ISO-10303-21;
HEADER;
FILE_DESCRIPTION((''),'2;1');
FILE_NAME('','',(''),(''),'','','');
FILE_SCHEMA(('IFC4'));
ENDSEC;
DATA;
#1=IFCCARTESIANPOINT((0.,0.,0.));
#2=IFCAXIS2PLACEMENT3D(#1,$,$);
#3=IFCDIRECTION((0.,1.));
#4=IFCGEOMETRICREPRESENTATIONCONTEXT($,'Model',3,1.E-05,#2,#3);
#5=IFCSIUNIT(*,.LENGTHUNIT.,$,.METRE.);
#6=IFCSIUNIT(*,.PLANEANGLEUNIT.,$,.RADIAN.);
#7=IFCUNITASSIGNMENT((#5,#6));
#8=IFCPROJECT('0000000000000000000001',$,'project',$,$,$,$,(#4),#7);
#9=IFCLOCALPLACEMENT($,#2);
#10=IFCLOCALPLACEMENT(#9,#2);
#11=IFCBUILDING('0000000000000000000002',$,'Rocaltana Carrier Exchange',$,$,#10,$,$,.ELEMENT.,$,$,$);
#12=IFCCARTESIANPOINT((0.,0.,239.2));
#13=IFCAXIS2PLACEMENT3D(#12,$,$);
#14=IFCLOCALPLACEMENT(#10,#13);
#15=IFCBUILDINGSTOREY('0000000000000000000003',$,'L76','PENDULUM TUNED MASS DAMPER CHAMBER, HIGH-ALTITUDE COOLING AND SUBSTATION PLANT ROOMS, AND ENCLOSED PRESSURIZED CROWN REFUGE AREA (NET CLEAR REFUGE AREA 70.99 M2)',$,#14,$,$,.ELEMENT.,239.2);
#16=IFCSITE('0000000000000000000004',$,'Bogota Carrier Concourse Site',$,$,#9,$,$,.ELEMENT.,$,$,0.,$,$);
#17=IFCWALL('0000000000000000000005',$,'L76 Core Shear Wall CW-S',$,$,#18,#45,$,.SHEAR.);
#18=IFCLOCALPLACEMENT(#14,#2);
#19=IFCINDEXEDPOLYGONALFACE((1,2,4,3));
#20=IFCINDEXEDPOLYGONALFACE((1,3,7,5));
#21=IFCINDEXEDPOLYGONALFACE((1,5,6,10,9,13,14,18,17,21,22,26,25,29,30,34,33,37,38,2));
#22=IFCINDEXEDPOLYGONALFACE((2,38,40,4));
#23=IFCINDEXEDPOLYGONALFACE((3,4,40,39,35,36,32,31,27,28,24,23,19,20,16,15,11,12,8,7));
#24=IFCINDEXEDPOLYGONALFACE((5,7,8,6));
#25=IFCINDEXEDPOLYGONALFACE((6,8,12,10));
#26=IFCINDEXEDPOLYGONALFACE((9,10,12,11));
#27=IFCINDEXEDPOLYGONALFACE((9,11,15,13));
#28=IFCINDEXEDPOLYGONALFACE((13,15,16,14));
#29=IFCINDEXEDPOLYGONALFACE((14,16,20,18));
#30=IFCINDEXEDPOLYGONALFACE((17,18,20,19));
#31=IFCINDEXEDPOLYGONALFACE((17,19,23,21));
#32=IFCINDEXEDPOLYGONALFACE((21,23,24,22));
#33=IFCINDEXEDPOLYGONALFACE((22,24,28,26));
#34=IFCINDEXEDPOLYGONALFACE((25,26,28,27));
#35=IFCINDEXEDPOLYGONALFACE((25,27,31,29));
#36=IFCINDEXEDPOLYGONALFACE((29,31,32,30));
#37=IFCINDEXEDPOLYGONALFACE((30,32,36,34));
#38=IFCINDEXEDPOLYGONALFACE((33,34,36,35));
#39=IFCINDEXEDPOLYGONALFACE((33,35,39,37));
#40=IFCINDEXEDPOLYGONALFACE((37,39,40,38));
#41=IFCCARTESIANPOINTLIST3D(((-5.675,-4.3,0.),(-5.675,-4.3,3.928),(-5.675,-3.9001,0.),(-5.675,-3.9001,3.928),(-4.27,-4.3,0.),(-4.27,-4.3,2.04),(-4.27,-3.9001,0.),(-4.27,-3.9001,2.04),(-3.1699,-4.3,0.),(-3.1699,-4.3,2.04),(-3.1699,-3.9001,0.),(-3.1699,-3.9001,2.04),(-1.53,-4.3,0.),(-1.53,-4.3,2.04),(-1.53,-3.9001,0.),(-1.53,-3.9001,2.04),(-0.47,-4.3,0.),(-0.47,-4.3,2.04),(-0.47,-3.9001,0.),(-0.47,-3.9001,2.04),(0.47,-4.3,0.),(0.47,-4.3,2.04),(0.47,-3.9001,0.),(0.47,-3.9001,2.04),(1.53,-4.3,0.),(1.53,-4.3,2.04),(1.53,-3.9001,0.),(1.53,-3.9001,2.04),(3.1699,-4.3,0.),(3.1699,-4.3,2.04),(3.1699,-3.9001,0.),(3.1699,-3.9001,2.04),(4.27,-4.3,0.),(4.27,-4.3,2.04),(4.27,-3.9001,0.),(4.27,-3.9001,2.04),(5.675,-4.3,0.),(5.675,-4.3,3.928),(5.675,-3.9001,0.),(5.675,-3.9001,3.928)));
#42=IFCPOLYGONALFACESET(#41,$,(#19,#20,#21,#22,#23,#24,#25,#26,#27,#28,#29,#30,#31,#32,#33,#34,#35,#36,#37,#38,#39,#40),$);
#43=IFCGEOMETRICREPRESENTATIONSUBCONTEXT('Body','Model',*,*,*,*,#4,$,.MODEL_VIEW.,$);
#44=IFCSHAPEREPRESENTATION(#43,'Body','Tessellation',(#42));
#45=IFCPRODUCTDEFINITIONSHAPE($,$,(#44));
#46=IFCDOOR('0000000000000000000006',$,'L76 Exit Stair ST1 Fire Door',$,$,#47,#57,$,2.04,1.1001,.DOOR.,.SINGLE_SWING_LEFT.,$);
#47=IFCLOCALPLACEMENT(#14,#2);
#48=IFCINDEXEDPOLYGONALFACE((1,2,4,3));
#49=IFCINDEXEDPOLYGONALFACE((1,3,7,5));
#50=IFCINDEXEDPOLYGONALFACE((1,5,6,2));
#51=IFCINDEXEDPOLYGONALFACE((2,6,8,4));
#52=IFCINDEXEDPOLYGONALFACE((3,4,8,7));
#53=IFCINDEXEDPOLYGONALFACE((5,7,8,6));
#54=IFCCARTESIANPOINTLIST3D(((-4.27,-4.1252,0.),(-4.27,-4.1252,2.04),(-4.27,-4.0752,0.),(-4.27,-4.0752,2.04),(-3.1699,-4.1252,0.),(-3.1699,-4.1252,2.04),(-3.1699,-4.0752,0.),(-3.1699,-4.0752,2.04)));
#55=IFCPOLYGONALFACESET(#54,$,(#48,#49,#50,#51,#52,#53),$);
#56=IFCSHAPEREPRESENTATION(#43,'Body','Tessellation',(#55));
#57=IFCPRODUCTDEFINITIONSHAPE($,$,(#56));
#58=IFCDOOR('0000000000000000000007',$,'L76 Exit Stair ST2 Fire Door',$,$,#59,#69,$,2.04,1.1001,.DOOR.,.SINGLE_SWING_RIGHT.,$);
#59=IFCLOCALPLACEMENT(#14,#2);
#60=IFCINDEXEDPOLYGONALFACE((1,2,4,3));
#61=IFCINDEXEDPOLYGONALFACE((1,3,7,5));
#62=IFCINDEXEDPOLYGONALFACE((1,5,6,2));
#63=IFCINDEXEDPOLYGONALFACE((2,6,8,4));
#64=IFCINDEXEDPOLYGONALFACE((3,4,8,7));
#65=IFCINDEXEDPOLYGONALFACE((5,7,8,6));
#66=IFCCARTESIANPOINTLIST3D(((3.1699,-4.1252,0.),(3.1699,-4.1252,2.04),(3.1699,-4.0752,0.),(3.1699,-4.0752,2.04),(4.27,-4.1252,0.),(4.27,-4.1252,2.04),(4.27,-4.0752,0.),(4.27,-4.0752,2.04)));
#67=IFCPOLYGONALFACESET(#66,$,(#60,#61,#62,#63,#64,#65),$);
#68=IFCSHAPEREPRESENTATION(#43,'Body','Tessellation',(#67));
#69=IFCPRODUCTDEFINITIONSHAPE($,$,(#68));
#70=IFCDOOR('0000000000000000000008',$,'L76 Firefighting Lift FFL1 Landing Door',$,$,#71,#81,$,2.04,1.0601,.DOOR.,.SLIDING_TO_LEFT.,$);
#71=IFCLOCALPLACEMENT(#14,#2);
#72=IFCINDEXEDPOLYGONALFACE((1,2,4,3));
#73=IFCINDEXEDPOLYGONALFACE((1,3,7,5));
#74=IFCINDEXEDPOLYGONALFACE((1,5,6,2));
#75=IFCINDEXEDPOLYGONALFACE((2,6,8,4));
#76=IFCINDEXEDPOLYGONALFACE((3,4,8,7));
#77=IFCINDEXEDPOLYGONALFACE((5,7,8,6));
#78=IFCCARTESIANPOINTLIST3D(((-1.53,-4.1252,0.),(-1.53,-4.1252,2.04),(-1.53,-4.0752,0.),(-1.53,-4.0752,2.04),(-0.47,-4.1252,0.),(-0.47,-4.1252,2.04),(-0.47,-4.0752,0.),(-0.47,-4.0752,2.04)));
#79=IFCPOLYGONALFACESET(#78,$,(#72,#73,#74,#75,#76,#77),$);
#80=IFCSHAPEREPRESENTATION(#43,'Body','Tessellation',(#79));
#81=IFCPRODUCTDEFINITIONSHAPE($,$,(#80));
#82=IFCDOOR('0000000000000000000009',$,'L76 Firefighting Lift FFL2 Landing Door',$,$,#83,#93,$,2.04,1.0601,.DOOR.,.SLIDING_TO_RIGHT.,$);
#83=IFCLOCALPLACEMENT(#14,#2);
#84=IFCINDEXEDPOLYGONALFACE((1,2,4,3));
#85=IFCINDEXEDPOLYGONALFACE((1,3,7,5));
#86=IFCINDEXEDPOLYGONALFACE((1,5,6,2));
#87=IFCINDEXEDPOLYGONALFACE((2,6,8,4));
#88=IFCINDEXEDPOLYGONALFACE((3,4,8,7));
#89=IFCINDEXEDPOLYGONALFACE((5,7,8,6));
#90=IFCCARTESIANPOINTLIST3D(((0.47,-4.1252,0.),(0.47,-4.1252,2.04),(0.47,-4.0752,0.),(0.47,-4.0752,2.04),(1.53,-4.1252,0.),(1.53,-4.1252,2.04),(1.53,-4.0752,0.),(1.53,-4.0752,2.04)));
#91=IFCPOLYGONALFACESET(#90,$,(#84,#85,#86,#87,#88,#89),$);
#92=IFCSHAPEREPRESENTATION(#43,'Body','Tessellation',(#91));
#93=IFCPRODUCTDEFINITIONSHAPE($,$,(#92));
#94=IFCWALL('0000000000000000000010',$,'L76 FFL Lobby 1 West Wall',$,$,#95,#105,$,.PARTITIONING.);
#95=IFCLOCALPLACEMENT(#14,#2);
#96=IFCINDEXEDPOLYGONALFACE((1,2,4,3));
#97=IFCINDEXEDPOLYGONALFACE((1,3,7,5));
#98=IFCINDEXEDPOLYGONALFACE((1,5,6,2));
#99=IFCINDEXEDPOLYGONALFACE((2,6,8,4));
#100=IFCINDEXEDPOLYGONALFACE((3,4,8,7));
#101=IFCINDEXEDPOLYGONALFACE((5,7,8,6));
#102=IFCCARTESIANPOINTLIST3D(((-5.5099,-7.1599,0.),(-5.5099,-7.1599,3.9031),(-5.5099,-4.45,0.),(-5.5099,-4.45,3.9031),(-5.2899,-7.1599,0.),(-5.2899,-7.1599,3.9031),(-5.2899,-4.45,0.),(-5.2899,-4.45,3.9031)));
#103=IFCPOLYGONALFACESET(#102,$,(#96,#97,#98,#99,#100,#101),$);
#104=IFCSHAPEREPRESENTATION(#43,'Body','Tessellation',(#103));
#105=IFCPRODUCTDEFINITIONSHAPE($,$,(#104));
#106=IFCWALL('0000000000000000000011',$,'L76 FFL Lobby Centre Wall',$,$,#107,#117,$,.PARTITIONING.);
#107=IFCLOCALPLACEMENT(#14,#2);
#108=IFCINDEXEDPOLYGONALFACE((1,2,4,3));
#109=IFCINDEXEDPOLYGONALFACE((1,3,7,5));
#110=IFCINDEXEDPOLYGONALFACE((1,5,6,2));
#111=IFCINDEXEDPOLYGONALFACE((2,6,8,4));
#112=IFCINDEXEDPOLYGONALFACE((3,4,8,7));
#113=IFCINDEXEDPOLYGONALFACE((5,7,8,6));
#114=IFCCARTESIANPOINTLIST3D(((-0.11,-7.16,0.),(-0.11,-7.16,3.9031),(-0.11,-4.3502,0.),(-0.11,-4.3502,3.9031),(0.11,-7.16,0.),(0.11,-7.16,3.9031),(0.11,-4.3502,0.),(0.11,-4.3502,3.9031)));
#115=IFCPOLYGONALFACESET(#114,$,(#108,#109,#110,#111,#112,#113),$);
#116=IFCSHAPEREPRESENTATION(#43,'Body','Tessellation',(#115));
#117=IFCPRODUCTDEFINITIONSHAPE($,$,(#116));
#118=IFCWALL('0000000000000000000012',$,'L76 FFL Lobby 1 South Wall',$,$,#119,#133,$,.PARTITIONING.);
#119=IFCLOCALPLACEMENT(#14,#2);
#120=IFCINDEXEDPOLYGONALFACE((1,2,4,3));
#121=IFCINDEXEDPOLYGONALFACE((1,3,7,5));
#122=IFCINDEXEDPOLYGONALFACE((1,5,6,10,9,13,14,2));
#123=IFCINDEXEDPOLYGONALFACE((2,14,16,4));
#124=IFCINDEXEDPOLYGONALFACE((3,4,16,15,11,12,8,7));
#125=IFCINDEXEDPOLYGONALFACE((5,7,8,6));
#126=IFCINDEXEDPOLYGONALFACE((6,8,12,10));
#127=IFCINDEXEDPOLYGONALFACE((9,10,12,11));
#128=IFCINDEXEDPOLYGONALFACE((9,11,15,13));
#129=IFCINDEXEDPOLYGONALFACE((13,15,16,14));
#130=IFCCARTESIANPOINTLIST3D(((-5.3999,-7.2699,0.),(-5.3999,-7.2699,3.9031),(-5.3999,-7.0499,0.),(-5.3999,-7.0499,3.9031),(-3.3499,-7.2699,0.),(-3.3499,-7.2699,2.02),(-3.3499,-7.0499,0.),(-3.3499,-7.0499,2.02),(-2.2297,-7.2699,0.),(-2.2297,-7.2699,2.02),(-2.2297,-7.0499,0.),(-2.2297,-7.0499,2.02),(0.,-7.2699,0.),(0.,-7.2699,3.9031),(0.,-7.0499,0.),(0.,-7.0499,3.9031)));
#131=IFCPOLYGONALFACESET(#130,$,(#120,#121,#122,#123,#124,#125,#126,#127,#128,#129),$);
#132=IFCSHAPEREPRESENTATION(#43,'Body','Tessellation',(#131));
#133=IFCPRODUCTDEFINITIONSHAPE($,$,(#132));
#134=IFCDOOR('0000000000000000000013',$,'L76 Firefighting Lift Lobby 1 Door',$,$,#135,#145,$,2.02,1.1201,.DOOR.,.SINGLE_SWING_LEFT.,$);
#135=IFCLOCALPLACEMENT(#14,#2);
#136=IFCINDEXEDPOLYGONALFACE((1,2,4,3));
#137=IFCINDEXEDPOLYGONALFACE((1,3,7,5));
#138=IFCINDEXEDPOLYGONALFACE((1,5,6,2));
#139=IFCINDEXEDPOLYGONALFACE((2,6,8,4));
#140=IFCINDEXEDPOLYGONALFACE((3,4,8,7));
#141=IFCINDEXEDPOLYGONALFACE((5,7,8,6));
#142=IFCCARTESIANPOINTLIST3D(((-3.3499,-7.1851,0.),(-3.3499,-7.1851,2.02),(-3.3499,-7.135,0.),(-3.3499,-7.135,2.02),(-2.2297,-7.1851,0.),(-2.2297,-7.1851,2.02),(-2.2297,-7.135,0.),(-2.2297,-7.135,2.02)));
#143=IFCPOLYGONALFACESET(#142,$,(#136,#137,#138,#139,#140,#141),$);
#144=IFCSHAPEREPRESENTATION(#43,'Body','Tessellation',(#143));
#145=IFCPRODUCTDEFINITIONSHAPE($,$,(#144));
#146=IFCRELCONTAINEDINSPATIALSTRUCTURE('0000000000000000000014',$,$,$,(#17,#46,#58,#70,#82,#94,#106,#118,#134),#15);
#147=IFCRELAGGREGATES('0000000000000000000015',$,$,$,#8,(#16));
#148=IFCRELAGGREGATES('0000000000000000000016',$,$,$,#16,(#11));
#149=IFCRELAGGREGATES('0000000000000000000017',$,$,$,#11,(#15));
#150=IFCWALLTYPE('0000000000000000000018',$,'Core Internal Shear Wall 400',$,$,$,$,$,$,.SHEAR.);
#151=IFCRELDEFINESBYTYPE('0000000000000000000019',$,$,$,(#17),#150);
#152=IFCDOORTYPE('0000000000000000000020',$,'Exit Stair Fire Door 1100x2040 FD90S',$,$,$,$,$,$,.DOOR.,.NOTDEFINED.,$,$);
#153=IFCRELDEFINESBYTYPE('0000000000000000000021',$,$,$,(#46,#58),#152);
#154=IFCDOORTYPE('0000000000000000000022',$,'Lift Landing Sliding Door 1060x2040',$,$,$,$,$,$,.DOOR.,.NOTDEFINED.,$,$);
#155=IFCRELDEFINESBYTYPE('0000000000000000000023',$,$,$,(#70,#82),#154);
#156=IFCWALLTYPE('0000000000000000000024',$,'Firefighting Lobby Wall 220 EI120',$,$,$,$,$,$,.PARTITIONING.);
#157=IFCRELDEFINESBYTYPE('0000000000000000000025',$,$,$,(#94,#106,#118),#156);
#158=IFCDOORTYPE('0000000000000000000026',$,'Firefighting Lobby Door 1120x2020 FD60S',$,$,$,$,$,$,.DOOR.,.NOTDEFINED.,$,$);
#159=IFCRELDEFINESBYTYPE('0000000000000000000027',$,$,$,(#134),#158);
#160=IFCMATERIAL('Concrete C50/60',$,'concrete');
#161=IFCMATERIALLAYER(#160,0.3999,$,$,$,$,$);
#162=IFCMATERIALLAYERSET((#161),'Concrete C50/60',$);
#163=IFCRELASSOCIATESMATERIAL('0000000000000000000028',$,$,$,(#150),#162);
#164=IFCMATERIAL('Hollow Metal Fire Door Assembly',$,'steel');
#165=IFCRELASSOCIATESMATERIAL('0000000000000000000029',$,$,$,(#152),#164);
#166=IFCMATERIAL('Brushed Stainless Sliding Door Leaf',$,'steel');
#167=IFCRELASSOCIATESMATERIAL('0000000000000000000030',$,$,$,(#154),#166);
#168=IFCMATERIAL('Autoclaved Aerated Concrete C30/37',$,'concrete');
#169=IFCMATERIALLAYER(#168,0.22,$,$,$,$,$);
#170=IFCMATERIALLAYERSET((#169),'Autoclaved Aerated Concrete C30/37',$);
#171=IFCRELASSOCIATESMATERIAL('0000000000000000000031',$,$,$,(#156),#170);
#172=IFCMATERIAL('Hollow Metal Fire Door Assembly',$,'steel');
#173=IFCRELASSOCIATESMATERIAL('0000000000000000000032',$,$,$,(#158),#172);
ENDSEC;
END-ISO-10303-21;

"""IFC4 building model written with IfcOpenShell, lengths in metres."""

from ifc_helpers import new_model, si_unit, direction, frame, frame_2d, origin, place, context, subcontext, project, spatial, rectangle, extrude, material, layer, layer_set, type_object, element, fill, save


model = new_model("IFC4")

# Units and contexts
model_context = context("Model", 3, precision=1e-05, world=origin(), true_north=direction((0.0, 1.0)))
body_context = subcontext(model_context, "Body", "Model", "MODEL_VIEW")
ifc_project = project(units=[si_unit("LENGTHUNIT", "METRE"), si_unit("PLANEANGLEUNIT", "RADIAN")], contexts=[model_context])

# Site, building, storey
site_placement = place(None, origin())
site = spatial("IfcSite", under=ifc_project, at=site_placement, Name="Bogota Carrier Concourse Site", CompositionType="ELEMENT", RefElevation=0.0)
building_placement = place(site_placement, origin())
building = spatial("IfcBuilding", under=site, at=building_placement, Name="Rocaltana Carrier Exchange", CompositionType="ELEMENT")
storey_placement = place(building_placement, frame((0.0, 0.0, 239.2)))
storey = spatial("IfcBuildingStorey", under=building, at=storey_placement, Name="L76", Description="PENDULUM TUNED MASS DAMPER CHAMBER, HIGH-ALTITUDE COOLING AND SUBSTATION PLANT ROOMS, AND ENCLOSED PRESSURIZED CROWN REFUGE AREA (NET CLEAR REFUGE AREA 70.99 M2)", CompositionType="ELEMENT", Elevation=239.2)

# Wall, openings, doors
ifc_material_1 = material(Name="Concrete C50/60", Category="concrete")
ifc_layer_1 = layer(ifc_material_1, 0.3999)
ifc_layer_set_1 = layer_set([ifc_layer_1], Name="Concrete C50/60")
wall_type_1 = type_object("IfcWallType", Name="Core Internal Shear Wall 400", PredefinedType="SHEAR", material=ifc_layer_set_1)
wall_1_placement = place(storey_placement, frame((-5.675, -4.1001, 0.0), z_axis=(0.0, 0.0, 1.0), x_axis=(1.0, 0.0, 0.0)))
wall_1 = element("IfcWall", 1, at=wall_1_placement, inside=storey, type_object=wall_type_1, Name="L76 Core Shear Wall CW-S", PredefinedType="SHEAR", context=body_context, shape_type="SweptSolid", body=[
    extrude(rectangle(XDim=11.3501, YDim=0.3999, at=frame_2d((5.675, 0.0))), origin(), (0.0, 0.0, 1.0), 3.928),
])
opening_1_placement = place(wall_1_placement, frame((1.405, 0.0, 0.0)))
opening_1 = element("IfcOpeningElement", 2, at=opening_1_placement, cuts=wall_1, PredefinedType="OPENING", context=body_context, shape_type="SweptSolid", body=[
    extrude(rectangle(XDim=1.1001, YDim=2.04, at=frame_2d((0.55, 1.02))), frame((0.0, 0.21, 0.0), z_axis=(0.0, -1.0, 0.0), x_axis=(1.0, 0.0, 0.0)), (0.0, 0.0, 1.0), 0.4199),
])
opening_2_placement = place(wall_1_placement, frame((8.845, 0.0, 0.0)))
opening_2 = element("IfcOpeningElement", 3, at=opening_2_placement, cuts=wall_1, PredefinedType="OPENING", context=body_context, shape_type="SweptSolid", body=[
    extrude(rectangle(XDim=1.1001, YDim=2.04, at=frame_2d((0.55, 1.02))), frame((0.0, 0.21, 0.0), z_axis=(0.0, -1.0, 0.0), x_axis=(1.0, 0.0, 0.0)), (0.0, 0.0, 1.0), 0.4199),
])
opening_3_placement = place(wall_1_placement, frame((4.145, 0.0, 0.0)))
opening_3 = element("IfcOpeningElement", 4, at=opening_3_placement, cuts=wall_1, PredefinedType="OPENING", context=body_context, shape_type="SweptSolid", body=[
    extrude(rectangle(XDim=1.0601, YDim=2.04, at=frame_2d((0.53, 1.02))), frame((0.0, 0.21, 0.0), z_axis=(0.0, -1.0, 0.0), x_axis=(1.0, 0.0, 0.0)), (0.0, 0.0, 1.0), 0.4199),
])
opening_4_placement = place(wall_1_placement, frame((6.145, 0.0, 0.0)))
opening_4 = element("IfcOpeningElement", 5, at=opening_4_placement, cuts=wall_1, PredefinedType="OPENING", context=body_context, shape_type="SweptSolid", body=[
    extrude(rectangle(XDim=1.0601, YDim=2.04, at=frame_2d((0.53, 1.02))), frame((0.0, 0.21, 0.0), z_axis=(0.0, -1.0, 0.0), x_axis=(1.0, 0.0, 0.0)), (0.0, 0.0, 1.0), 0.4199),
])
ifc_material_2 = material(Name="Hollow Metal Fire Door Assembly", Category="steel")
door_type_1 = type_object("IfcDoorType", Name="Exit Stair Fire Door 1100x2040 FD90S", OperationType="NOTDEFINED", PredefinedType="DOOR", material=ifc_material_2)
door_1_placement = place(opening_1_placement, origin())
door_1 = element("IfcDoor", 6, at=door_1_placement, inside=storey, type_object=door_type_1, Name="L76 Exit Stair ST1 Fire Door", OperationType="SINGLE_SWING_LEFT", OverallHeight=2.04, OverallWidth=1.1001, PredefinedType="DOOR", context=body_context, shape_type="SweptSolid", body=[
    extrude(rectangle(XDim=1.1001, YDim=2.04, at=frame_2d((0.55, 1.02))), frame((0.0, 0.0249, 0.0), z_axis=(0.0, -1.0, 0.0), x_axis=(1.0, 0.0, 0.0)), (0.0, 0.0, 1.0), 0.05),
])
fill(opening_1, door_1)
door_2_placement = place(opening_2_placement, origin())
door_2 = element("IfcDoor", 7, at=door_2_placement, inside=storey, type_object=door_type_1, Name="L76 Exit Stair ST2 Fire Door", OperationType="SINGLE_SWING_RIGHT", OverallHeight=2.04, OverallWidth=1.1001, PredefinedType="DOOR", context=body_context, shape_type="SweptSolid", body=[
    extrude(rectangle(XDim=1.1001, YDim=2.04, at=frame_2d((0.55, 1.02))), frame((0.0, 0.0249, 0.0), z_axis=(0.0, -1.0, 0.0), x_axis=(1.0, 0.0, 0.0)), (0.0, 0.0, 1.0), 0.05),
])
fill(opening_2, door_2)
ifc_material_3 = material(Name="Brushed Stainless Sliding Door Leaf", Category="steel")
door_type_2 = type_object("IfcDoorType", Name="Lift Landing Sliding Door 1060x2040", OperationType="NOTDEFINED", PredefinedType="DOOR", material=ifc_material_3)
door_3_placement = place(opening_3_placement, origin())
door_3 = element("IfcDoor", 8, at=door_3_placement, inside=storey, type_object=door_type_2, Name="L76 Firefighting Lift FFL1 Landing Door", OperationType="SLIDING_TO_LEFT", OverallHeight=2.04, OverallWidth=1.0601, PredefinedType="DOOR", context=body_context, shape_type="SweptSolid", body=[
    extrude(rectangle(XDim=1.0601, YDim=2.04, at=frame_2d((0.53, 1.02))), frame((0.0, 0.0249, 0.0), z_axis=(0.0, -1.0, 0.0), x_axis=(1.0, 0.0, 0.0)), (0.0, 0.0, 1.0), 0.05),
])
fill(opening_3, door_3)
door_4_placement = place(opening_4_placement, origin())
door_4 = element("IfcDoor", 9, at=door_4_placement, inside=storey, type_object=door_type_2, Name="L76 Firefighting Lift FFL2 Landing Door", OperationType="SLIDING_TO_RIGHT", OverallHeight=2.04, OverallWidth=1.0601, PredefinedType="DOOR", context=body_context, shape_type="SweptSolid", body=[
    extrude(rectangle(XDim=1.0601, YDim=2.04, at=frame_2d((0.53, 1.02))), frame((0.0, 0.0249, 0.0), z_axis=(0.0, -1.0, 0.0), x_axis=(1.0, 0.0, 0.0)), (0.0, 0.0, 1.0), 0.05),
])
fill(opening_4, door_4)

# Walls
ifc_material_4 = material(Name="Autoclaved Aerated Concrete C30/37", Category="concrete")
ifc_layer_2 = layer(ifc_material_4, 0.22)
ifc_layer_set_2 = layer_set([ifc_layer_2], Name="Autoclaved Aerated Concrete C30/37")
wall_type_2 = type_object("IfcWallType", Name="Firefighting Lobby Wall 220 EI120", PredefinedType="PARTITIONING", material=ifc_layer_set_2)
wall_2_placement = place(storey_placement, frame((-5.3999, -7.1599, 0.0), z_axis=(0.0, 0.0, 1.0), x_axis=(0.0, 1.0, 0.0)))
element("IfcWall", 10, at=wall_2_placement, inside=storey, type_object=wall_type_2, Name="L76 FFL Lobby 1 West Wall", PredefinedType="PARTITIONING", context=body_context, shape_type="SweptSolid", body=[
    extrude(rectangle(XDim=2.71, YDim=0.22, at=frame_2d((1.355, 0.0))), origin(), (0.0, 0.0, 1.0), 3.9031),
])
wall_3_placement = place(storey_placement, frame((0.0, -7.1599, 0.0), z_axis=(0.0, 0.0, 1.0), x_axis=(0.0, 1.0, 0.0)))
element("IfcWall", 11, at=wall_3_placement, inside=storey, type_object=wall_type_2, Name="L76 FFL Lobby Centre Wall", PredefinedType="PARTITIONING", context=body_context, shape_type="SweptSolid", body=[
    extrude(rectangle(XDim=2.8098, YDim=0.22, at=frame_2d((1.4048, 0.0))), origin(), (0.0, 0.0, 1.0), 3.9031),
])

# Wall, opening, door
wall_4_placement = place(storey_placement, frame((-5.3999, -7.1599, 0.0), z_axis=(0.0, 0.0, 1.0), x_axis=(1.0, 0.0, 0.0)))
wall_4 = element("IfcWall", 12, at=wall_4_placement, inside=storey, type_object=wall_type_2, Name="L76 FFL Lobby 1 South Wall", PredefinedType="PARTITIONING", context=body_context, shape_type="SweptSolid", body=[
    extrude(rectangle(XDim=5.3999, YDim=0.22, at=frame_2d((2.7, 0.0))), origin(), (0.0, 0.0, 1.0), 3.9031),
])
opening_5_placement = place(wall_4_placement, frame((2.05, 0.0, 0.0)))
opening_5 = element("IfcOpeningElement", 13, at=opening_5_placement, cuts=wall_4, PredefinedType="OPENING", context=body_context, shape_type="SweptSolid", body=[
    extrude(rectangle(XDim=1.1201, YDim=2.02, at=frame_2d((0.5601, 1.01))), frame((0.0, 0.1199, 0.0), z_axis=(0.0, -1.0, 0.0), x_axis=(1.0, 0.0, 0.0)), (0.0, 0.0, 1.0), 0.24),
])
ifc_material_5 = material(Name="Hollow Metal Fire Door Assembly", Category="steel")
door_type_3 = type_object("IfcDoorType", Name="Firefighting Lobby Door 1120x2020 FD60S", OperationType="NOTDEFINED", PredefinedType="DOOR", material=ifc_material_5)
door_5_placement = place(opening_5_placement, origin())
door_5 = element("IfcDoor", 14, at=door_5_placement, inside=storey, type_object=door_type_3, Name="L76 Firefighting Lift Lobby 1 Door", OperationType="SINGLE_SWING_LEFT", OverallHeight=2.02, OverallWidth=1.1201, PredefinedType="DOOR", context=body_context, shape_type="SweptSolid", body=[
    extrude(rectangle(XDim=1.1201, YDim=2.02, at=frame_2d((0.5601, 1.01))), frame((0.0, 0.0249, 0.0), z_axis=(0.0, -1.0, 0.0), x_axis=(1.0, 0.0, 0.0)), (0.0, 0.0, 1.0), 0.05),
])
fill(opening_5, door_5)

save(model, "model.ifc")
